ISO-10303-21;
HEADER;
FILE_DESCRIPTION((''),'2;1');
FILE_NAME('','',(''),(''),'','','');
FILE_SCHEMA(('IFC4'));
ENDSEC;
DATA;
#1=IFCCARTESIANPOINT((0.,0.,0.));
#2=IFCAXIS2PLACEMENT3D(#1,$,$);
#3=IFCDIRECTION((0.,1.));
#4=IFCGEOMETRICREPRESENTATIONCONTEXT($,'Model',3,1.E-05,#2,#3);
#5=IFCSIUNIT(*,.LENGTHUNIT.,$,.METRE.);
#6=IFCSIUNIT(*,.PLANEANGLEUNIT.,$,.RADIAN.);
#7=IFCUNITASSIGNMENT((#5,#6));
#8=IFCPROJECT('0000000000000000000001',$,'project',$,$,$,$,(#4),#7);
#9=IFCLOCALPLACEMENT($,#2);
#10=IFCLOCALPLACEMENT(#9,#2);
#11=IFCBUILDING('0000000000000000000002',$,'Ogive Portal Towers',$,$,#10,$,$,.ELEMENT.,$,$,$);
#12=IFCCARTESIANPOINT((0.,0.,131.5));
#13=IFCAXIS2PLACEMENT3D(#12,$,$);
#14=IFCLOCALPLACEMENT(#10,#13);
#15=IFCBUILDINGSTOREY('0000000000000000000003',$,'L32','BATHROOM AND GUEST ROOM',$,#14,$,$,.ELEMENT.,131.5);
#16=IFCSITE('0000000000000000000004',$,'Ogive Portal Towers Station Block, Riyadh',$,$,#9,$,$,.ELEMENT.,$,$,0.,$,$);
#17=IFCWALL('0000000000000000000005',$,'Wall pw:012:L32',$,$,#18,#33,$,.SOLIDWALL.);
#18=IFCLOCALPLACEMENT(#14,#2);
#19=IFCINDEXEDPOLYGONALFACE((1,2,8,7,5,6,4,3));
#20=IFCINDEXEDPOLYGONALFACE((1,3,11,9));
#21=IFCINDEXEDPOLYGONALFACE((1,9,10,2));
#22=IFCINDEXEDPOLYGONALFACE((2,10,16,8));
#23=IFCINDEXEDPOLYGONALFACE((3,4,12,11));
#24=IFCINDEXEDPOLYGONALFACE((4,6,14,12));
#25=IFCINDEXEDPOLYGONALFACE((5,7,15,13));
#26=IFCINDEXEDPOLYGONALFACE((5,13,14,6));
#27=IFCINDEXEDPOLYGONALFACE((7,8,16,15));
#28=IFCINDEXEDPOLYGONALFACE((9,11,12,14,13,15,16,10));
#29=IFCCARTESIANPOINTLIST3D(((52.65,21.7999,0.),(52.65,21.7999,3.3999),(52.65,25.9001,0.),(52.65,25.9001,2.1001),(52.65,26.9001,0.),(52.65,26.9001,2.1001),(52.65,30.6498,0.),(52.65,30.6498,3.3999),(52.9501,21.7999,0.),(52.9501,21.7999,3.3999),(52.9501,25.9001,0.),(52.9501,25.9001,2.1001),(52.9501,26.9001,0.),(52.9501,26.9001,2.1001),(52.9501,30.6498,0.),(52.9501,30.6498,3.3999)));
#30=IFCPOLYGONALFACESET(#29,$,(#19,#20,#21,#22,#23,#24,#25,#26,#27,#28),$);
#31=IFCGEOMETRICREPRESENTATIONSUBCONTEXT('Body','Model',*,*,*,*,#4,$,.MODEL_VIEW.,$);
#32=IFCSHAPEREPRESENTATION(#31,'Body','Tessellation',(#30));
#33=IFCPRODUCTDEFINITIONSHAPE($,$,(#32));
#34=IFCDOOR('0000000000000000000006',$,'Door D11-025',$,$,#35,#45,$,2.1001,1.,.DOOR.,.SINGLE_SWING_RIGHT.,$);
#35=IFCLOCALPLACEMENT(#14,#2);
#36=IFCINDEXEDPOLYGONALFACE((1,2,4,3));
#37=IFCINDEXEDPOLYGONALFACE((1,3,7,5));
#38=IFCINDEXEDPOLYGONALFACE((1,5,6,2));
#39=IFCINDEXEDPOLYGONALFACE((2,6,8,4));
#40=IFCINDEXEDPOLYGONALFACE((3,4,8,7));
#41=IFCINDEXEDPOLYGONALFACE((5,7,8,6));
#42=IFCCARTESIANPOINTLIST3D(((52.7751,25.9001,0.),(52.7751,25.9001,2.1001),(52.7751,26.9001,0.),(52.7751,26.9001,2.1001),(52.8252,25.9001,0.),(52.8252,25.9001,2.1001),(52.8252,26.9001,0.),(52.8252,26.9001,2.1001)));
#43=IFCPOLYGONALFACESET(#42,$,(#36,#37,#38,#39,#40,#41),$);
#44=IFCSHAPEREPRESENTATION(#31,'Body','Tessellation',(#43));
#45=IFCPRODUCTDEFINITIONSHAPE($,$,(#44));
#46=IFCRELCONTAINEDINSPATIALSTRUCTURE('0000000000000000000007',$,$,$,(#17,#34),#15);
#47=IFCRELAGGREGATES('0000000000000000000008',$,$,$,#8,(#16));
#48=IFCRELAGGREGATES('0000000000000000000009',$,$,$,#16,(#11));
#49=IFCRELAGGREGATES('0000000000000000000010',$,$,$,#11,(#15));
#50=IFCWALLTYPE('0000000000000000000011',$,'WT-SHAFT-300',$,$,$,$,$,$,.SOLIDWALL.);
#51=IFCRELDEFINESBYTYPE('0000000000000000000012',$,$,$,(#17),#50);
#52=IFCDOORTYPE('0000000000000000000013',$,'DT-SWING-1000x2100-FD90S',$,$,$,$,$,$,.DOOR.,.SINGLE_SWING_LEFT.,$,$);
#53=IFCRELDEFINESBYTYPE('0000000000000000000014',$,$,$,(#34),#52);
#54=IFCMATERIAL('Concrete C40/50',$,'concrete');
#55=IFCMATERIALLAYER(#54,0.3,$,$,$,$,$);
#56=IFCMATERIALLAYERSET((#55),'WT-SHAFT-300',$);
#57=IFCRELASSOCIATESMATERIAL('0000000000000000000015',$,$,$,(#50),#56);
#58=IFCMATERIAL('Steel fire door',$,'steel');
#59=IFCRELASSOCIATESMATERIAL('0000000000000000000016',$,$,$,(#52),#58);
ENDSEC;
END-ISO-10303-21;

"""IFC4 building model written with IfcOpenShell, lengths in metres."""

from ifc_helpers import new_model, si_unit, direction, frame, frame_2d, origin, place, context, subcontext, project, spatial, rectangle, extrude, material, layer, layer_set, type_object, element, fill, save


model = new_model("IFC4")

# Units and contexts
model_context = context("Model", 3, precision=1e-05, world=origin(), true_north=direction((0.0, 1.0)))
body_context = subcontext(model_context, "Body", "Model", "MODEL_VIEW")
ifc_project = project(units=[si_unit("LENGTHUNIT", "METRE"), si_unit("PLANEANGLEUNIT", "RADIAN")], contexts=[model_context])

# Site, building, storey
site_placement = place(None, origin())
site = spatial("IfcSite", under=ifc_project, at=site_placement, Name="Ogive Portal Towers Station Block, Riyadh", CompositionType="ELEMENT", RefElevation=0.0)
building_placement = place(site_placement, origin())
building = spatial("IfcBuilding", under=site, at=building_placement, Name="Ogive Portal Towers", CompositionType="ELEMENT")
storey_placement = place(building_placement, frame((0.0, 0.0, 131.5)))
storey = spatial("IfcBuildingStorey", under=building, at=storey_placement, Name="L32", Description="BATHROOM AND GUEST ROOM", CompositionType="ELEMENT", Elevation=131.5)

# Shared definitions
ifc_material_1 = material(Name="Steel fire door", Category="steel")

# Wall, opening, door
ifc_material_2 = material(Name="Concrete C40/50", Category="concrete")
ifc_layer_1 = layer(ifc_material_2, 0.3)
ifc_layer_set_1 = layer_set([ifc_layer_1], Name="WT-SHAFT-300")
wall_type_1 = type_object("IfcWallType", Name="WT-SHAFT-300", PredefinedType="SOLIDWALL", material=ifc_layer_set_1)
wall_1_placement = place(storey_placement, frame((52.8, 21.8, 0.0), z_axis=(0.0, 0.0, 1.0), x_axis=(0.0, 1.0, 0.0)))
wall_1 = element("IfcWall", 1, at=wall_1_placement, inside=storey, type_object=wall_type_1, Name="Wall pw:012:L32", PredefinedType="SOLIDWALL", context=body_context, shape_type="SweptSolid", body=[
    extrude(rectangle(XDim=8.8499, YDim=0.3, at=frame_2d((4.4248, 0.0))), origin(), (0.0, 0.0, 1.0), 3.3999),
])
opening_1_placement = place(wall_1_placement, frame((4.1001, 0.0, 0.0)))
opening_1 = element("IfcOpeningElement", 2, at=opening_1_placement, cuts=wall_1, PredefinedType="OPENING", context=body_context, shape_type="SweptSolid", body=[
    extrude(rectangle(XDim=1.0, YDim=2.1001, at=frame_2d((0.5, 1.05))), frame((0.0, 0.1602, 0.0), z_axis=(0.0, -1.0, 0.0), x_axis=(1.0, 0.0, 0.0)), (0.0, 0.0, 1.0), 0.3201),
])
door_type_1 = type_object("IfcDoorType", Name="DT-SWING-1000x2100-FD90S", OperationType="SINGLE_SWING_LEFT", PredefinedType="DOOR", material=ifc_material_1)
door_1_placement = place(opening_1_placement, origin())
door_1 = element("IfcDoor", 3, at=door_1_placement, inside=storey, type_object=door_type_1, Name="Door D11-025", OperationType="SINGLE_SWING_RIGHT", OverallHeight=2.1001, OverallWidth=1.0, PredefinedType="DOOR", context=body_context, shape_type="SweptSolid", body=[
    extrude(rectangle(XDim=1.0, YDim=2.1001, at=frame_2d((0.5, 1.05))), frame((0.0, 0.0249, 0.0), z_axis=(0.0, -1.0, 0.0), x_axis=(1.0, 0.0, 0.0)), (0.0, 0.0, 1.0), 0.05),
])
fill(opening_1, door_1)

save(model, "model.ifc")
